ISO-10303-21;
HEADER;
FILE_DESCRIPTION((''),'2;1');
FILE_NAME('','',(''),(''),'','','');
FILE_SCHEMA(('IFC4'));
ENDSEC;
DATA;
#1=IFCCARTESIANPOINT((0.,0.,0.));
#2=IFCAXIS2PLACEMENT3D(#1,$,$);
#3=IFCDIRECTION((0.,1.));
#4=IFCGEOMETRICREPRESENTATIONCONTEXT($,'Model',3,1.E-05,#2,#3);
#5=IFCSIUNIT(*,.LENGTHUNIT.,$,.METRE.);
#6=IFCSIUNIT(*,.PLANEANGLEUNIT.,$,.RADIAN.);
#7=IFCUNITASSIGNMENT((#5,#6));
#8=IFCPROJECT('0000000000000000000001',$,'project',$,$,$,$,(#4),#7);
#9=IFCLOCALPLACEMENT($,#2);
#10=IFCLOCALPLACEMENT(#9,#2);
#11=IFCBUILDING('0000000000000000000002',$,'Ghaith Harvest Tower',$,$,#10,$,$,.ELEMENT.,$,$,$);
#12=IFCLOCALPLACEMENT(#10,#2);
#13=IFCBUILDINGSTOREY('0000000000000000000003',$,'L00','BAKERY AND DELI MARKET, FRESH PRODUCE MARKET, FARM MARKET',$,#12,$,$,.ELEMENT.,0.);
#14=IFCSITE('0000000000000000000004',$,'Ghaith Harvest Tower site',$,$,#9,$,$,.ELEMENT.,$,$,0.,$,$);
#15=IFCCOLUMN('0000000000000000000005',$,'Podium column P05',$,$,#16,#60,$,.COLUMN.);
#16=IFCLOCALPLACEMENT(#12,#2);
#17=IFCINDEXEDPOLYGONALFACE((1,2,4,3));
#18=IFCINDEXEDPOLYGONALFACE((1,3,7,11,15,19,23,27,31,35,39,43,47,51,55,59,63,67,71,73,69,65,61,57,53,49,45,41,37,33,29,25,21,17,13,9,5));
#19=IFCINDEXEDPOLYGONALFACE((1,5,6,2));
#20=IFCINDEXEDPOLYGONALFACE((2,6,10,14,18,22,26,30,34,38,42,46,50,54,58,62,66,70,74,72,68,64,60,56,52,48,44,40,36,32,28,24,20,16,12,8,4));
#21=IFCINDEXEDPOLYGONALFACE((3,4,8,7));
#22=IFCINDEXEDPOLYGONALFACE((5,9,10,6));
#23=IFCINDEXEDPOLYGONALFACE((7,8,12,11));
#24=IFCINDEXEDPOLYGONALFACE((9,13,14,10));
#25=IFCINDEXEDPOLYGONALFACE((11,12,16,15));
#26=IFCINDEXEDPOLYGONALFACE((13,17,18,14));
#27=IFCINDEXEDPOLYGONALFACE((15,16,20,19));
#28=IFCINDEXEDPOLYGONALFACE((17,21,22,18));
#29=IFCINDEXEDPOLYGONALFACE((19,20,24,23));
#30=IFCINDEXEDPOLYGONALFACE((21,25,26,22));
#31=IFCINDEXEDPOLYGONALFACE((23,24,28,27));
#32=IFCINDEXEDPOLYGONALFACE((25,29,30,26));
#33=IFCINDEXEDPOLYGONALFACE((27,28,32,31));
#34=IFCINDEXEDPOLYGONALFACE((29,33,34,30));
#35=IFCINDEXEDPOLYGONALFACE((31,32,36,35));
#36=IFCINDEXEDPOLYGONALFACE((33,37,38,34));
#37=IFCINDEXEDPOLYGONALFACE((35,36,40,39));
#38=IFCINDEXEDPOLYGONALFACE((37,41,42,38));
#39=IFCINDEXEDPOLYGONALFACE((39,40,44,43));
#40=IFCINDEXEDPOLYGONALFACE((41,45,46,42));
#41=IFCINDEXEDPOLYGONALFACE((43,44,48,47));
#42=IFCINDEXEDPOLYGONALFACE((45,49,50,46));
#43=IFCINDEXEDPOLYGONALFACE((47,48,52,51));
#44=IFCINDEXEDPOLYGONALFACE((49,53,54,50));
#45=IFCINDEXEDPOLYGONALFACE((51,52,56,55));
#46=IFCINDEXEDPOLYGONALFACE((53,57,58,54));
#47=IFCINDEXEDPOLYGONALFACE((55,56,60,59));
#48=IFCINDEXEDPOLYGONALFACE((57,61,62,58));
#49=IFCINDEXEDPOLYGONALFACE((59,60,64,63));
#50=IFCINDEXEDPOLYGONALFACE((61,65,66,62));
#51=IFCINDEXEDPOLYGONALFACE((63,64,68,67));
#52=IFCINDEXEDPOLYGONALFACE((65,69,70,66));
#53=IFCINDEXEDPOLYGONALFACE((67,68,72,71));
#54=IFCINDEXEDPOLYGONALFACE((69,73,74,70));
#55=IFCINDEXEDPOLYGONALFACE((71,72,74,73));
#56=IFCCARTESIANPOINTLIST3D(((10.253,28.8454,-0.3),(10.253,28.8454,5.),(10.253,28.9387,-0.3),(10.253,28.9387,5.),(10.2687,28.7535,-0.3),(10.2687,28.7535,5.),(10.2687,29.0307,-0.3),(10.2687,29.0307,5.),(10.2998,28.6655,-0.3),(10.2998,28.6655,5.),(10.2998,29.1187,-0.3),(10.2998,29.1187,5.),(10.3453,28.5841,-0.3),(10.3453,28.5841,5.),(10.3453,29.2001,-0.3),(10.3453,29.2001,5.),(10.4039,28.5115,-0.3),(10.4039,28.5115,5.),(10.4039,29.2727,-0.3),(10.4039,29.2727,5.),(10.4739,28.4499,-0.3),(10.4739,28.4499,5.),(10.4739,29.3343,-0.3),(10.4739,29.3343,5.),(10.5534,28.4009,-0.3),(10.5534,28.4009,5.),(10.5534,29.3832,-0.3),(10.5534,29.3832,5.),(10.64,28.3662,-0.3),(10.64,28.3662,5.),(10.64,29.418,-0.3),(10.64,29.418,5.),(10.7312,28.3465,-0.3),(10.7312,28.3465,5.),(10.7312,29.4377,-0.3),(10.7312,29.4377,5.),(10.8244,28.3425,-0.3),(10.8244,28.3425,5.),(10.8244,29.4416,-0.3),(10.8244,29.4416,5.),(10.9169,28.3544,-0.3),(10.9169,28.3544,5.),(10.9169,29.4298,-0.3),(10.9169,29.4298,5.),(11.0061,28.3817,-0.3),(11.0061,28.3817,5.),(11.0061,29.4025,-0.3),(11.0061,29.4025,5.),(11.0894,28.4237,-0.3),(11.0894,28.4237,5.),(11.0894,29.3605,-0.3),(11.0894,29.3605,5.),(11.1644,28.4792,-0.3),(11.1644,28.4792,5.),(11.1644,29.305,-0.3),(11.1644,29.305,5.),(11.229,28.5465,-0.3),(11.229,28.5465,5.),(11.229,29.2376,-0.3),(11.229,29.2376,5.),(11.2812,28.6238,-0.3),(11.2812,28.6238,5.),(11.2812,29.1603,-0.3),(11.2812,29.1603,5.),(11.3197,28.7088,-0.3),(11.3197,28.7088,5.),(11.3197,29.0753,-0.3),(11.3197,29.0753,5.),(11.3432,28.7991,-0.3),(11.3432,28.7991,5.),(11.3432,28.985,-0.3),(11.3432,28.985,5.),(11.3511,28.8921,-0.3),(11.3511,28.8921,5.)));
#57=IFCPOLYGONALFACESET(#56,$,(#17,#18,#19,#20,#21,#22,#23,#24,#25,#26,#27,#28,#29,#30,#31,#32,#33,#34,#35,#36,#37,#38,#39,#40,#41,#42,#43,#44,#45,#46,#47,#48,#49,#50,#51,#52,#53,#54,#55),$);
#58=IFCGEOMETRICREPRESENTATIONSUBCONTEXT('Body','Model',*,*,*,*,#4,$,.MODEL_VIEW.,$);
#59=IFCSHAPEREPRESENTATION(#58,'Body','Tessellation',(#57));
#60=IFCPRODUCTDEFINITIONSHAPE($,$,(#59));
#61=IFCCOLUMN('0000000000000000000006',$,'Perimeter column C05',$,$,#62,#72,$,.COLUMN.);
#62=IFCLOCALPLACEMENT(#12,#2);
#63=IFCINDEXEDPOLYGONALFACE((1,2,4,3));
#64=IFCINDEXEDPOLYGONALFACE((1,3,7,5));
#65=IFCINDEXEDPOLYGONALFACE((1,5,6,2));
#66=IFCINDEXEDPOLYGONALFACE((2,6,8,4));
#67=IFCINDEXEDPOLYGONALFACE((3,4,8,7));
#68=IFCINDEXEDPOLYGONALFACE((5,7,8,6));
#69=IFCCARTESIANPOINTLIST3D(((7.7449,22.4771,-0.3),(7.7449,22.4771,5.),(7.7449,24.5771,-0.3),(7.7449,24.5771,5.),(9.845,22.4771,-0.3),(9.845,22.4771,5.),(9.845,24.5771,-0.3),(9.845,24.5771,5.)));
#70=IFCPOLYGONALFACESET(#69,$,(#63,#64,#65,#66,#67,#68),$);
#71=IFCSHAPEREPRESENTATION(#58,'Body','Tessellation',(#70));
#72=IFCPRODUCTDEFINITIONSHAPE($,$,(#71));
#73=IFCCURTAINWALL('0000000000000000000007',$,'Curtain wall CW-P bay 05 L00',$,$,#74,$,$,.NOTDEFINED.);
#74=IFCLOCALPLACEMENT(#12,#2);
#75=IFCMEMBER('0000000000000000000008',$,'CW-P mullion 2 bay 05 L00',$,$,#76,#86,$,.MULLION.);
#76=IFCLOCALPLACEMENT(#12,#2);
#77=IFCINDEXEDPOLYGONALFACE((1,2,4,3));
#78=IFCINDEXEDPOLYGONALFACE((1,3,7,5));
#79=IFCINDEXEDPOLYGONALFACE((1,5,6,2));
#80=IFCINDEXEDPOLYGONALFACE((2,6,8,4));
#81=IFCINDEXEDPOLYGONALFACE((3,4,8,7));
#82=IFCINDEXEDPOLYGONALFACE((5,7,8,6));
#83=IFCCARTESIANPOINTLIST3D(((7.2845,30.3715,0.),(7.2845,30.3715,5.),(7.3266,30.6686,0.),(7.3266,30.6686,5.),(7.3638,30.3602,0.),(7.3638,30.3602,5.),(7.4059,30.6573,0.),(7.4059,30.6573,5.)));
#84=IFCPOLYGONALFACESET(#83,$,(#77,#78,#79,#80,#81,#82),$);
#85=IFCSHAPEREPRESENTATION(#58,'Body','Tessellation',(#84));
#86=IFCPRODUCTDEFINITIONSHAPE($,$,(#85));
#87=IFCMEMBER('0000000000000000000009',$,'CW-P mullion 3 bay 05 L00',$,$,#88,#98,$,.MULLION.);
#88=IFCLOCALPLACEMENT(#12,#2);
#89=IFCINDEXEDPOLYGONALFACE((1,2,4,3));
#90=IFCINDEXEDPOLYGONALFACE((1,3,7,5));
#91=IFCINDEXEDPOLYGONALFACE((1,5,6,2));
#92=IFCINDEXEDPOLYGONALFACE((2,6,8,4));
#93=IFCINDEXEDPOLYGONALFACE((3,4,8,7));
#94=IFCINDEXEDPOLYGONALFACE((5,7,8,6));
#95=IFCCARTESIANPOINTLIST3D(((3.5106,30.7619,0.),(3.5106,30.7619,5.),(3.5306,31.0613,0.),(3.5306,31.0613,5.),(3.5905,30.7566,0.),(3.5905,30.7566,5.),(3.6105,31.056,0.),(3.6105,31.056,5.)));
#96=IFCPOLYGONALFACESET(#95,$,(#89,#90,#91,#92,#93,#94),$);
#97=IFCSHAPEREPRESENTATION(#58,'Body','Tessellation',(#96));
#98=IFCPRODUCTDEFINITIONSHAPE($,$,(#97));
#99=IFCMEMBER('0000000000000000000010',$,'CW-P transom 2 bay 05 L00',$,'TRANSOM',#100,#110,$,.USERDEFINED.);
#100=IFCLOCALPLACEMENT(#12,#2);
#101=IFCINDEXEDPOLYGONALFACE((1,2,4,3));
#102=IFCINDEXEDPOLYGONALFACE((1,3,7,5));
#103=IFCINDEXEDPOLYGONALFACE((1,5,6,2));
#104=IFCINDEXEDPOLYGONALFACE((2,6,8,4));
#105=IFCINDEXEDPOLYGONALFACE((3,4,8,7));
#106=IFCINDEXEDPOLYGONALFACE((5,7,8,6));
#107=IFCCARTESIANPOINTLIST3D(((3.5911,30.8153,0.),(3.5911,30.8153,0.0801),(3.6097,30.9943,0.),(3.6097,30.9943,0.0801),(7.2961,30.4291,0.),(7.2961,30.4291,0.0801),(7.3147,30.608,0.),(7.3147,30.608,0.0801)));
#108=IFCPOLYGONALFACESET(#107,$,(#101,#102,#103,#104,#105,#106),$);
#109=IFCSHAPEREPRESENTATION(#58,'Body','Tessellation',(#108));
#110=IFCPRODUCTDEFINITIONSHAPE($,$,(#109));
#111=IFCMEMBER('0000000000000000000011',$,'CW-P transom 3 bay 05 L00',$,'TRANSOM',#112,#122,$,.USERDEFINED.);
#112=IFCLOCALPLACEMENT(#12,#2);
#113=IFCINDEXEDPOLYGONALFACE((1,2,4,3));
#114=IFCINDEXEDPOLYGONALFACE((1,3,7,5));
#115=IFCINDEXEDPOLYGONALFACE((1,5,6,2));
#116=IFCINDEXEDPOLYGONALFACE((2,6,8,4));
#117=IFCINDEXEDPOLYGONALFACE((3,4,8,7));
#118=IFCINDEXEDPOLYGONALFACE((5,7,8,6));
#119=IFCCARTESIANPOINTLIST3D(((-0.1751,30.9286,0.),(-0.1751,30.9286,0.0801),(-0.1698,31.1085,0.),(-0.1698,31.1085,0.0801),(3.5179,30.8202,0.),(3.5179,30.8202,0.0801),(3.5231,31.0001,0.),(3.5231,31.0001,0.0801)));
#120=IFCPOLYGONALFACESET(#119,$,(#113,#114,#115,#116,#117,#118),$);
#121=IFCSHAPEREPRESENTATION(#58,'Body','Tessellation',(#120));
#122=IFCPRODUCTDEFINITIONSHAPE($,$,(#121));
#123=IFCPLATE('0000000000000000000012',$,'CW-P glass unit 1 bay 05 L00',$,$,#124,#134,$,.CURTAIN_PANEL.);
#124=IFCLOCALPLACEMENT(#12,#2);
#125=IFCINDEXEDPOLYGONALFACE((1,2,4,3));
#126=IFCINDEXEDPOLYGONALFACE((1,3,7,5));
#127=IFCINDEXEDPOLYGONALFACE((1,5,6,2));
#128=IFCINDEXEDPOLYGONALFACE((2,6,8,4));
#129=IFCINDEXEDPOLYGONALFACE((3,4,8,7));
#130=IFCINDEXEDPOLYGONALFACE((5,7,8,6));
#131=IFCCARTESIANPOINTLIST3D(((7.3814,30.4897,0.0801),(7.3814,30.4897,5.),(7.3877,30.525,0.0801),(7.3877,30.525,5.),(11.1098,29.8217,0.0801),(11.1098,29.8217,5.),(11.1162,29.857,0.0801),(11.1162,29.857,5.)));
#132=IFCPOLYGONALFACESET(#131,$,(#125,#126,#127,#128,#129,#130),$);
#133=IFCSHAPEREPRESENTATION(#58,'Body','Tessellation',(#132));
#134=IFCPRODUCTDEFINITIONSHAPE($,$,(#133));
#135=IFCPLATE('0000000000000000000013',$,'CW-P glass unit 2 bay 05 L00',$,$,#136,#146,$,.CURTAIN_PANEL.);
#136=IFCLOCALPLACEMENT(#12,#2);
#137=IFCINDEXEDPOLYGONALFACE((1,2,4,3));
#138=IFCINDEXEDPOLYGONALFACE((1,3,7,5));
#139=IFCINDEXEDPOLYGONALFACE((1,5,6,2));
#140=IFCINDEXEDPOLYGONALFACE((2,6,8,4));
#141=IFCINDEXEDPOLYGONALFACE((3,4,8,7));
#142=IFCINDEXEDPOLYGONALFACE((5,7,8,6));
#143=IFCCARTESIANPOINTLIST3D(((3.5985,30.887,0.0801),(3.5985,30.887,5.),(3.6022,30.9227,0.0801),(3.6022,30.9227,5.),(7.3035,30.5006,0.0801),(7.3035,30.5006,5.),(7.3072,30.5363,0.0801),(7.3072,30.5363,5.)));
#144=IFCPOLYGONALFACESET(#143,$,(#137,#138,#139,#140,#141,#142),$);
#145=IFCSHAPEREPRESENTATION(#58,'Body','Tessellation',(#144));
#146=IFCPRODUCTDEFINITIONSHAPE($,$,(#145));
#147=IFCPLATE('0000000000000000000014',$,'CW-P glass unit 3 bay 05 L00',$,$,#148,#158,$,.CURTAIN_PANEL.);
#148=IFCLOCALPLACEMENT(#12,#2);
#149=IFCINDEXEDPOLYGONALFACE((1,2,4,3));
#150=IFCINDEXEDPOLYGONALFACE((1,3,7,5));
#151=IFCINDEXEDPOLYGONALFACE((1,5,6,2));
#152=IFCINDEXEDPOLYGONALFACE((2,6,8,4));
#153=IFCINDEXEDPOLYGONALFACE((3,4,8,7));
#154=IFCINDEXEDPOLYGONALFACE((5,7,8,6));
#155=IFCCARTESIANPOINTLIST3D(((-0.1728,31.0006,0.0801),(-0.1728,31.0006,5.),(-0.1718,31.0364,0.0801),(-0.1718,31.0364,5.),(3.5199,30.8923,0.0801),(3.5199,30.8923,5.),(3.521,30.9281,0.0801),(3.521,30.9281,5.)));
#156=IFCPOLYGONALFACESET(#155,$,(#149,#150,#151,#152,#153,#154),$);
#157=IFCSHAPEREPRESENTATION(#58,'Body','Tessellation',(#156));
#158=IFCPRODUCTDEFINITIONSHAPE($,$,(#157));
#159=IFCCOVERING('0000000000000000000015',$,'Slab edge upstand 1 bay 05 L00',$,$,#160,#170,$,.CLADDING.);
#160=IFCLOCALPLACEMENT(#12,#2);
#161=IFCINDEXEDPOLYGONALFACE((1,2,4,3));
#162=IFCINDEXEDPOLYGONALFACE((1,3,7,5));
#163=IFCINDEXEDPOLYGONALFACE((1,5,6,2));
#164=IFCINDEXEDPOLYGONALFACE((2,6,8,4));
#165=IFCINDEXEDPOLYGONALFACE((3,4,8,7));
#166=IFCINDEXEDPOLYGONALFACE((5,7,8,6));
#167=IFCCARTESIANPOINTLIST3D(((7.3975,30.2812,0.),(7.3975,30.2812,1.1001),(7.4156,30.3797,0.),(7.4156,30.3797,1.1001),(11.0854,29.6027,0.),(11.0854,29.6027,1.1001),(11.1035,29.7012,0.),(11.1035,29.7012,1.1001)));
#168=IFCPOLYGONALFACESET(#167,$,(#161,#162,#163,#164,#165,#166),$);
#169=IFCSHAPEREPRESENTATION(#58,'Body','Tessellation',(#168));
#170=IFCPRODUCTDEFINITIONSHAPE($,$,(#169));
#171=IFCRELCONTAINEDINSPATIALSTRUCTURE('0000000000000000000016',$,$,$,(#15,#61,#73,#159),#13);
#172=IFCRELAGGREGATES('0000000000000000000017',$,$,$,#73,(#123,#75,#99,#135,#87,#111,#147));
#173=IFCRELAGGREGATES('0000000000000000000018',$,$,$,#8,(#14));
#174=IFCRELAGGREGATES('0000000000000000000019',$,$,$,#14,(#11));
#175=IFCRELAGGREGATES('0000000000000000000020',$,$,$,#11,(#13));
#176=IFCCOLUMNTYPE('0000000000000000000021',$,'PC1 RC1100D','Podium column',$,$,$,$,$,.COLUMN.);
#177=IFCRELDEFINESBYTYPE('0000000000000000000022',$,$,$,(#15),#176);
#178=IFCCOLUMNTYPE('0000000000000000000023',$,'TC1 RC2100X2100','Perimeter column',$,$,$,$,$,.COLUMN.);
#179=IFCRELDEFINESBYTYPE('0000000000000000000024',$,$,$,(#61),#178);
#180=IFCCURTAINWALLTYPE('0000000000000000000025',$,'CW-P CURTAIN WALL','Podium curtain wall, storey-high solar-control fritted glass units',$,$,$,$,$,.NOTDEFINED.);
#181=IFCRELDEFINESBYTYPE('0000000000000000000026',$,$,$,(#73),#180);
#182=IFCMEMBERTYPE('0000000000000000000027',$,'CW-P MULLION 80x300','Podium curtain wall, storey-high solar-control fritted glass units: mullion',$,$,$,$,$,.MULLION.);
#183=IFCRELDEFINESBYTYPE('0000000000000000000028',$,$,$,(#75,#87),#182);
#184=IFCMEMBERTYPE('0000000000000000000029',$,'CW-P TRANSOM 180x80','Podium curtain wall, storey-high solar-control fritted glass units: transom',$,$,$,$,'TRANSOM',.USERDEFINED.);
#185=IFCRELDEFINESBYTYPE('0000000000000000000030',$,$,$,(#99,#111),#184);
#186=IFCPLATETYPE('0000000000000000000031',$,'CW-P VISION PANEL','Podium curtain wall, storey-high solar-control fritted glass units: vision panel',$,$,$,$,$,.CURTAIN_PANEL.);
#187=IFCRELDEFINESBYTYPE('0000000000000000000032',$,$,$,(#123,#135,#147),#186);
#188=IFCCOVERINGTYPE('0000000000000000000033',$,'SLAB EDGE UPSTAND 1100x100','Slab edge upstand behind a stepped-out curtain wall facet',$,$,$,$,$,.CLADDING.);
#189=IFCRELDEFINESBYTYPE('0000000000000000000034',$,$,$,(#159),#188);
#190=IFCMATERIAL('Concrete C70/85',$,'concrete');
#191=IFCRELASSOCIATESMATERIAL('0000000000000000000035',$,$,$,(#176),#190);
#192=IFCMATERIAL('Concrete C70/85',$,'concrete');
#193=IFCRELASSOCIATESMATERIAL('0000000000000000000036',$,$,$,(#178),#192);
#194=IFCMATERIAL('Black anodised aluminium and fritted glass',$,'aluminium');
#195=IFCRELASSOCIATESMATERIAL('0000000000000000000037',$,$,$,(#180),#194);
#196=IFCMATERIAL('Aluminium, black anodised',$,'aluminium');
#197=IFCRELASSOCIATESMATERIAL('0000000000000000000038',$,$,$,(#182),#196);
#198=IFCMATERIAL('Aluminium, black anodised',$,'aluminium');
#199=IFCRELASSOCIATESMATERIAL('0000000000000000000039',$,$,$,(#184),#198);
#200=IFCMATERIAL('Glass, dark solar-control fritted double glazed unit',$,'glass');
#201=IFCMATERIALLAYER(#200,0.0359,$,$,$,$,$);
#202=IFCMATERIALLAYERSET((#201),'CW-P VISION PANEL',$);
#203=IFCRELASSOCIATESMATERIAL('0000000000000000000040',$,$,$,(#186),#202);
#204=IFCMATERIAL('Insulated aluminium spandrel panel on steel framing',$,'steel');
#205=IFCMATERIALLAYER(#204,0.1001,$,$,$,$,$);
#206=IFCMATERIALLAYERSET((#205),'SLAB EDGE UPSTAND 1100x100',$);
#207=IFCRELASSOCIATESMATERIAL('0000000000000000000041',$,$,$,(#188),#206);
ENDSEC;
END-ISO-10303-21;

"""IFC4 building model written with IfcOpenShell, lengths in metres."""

from ifc_helpers import new_model, si_unit, direction, frame, origin, origin_2d, place, context, subcontext, project, spatial, rectangle, circle, extrude, material, layer, layer_set, material_profile, profile_set, type_object, element, aggregate, save


model = new_model("IFC4")

# Units and contexts
model_context = context("Model", 3, precision=1e-05, world=origin(), true_north=direction((0.0, 1.0)))
body_context = subcontext(model_context, "Body", "Model", "MODEL_VIEW")
ifc_project = project(units=[si_unit("LENGTHUNIT", "METRE"), si_unit("PLANEANGLEUNIT", "RADIAN")], contexts=[model_context])

# Site, building, storey
site_placement = place(None, origin())
site = spatial("IfcSite", under=ifc_project, at=site_placement, Name="Ghaith Harvest Tower site", CompositionType="ELEMENT", RefElevation=0.0)
building_placement = place(site_placement, origin())
building = spatial("IfcBuilding", under=site, at=building_placement, Name="Ghaith Harvest Tower", CompositionType="ELEMENT")
storey_placement = place(building_placement, origin())
storey = spatial("IfcBuildingStorey", under=building, at=storey_placement, Name="L00", Description="BAKERY AND DELI MARKET, FRESH PRODUCE MARKET, FARM MARKET", CompositionType="ELEMENT", Elevation=0.0)

# Columns
ifc_material_1 = material(Name="Concrete C70/85", Category="concrete")
ifc_material_profile_1 = material_profile(ifc_material_1, circle(Radius=0.55, at=origin_2d()), Name="RC1100D")
ifc_profile_set_1 = profile_set([ifc_material_profile_1], Name="Concrete C70/85")
column_type_1 = type_object("IfcColumnType", Name="PC1 RC1100D", Description="Podium column", PredefinedType="COLUMN", material=ifc_profile_set_1)
column_1_placement = place(storey_placement, frame((10.801, 28.8921, -0.3), z_axis=(0.0, 0.0, 1.0), x_axis=(1.0, 0.0, 0.0)))
element("IfcColumn", 1, at=column_1_placement, inside=storey, type_object=column_type_1, Name="Podium column P05", PredefinedType="COLUMN", context=body_context, shape_type="SweptSolid", body=[
    extrude(circle(Radius=0.55, at=origin_2d()), origin(), (0.0, 0.0, 1.0), 5.3),
])
ifc_material_2 = material(Name="Concrete C70/85", Category="concrete")
ifc_material_profile_2 = material_profile(ifc_material_2, rectangle(XDim=2.1001, YDim=2.1001, at=origin_2d()), Name="RC2100X2100")
ifc_profile_set_2 = profile_set([ifc_material_profile_2], Name="Concrete C70/85")
column_type_2 = type_object("IfcColumnType", Name="TC1 RC2100X2100", Description="Perimeter column", PredefinedType="COLUMN", material=ifc_profile_set_2)
column_2_placement = place(storey_placement, frame((8.7949, 23.5271, -0.3), z_axis=(0.0, 0.0, 1.0), x_axis=(1.0, 0.0, 0.0)))
element("IfcColumn", 2, at=column_2_placement, inside=storey, type_object=column_type_2, Name="Perimeter column C05", PredefinedType="COLUMN", context=body_context, shape_type="SweptSolid", body=[
    extrude(rectangle(XDim=2.1001, YDim=2.1001, at=origin_2d()), origin(), (0.0, 0.0, 1.0), 5.3),
])

# Curtain wall, members, plates
ifc_material_3 = material(Name="Black anodised aluminium and fritted glass", Category="aluminium")
curtain_wall_type = type_object("IfcCurtainWallType", Name="CW-P CURTAIN WALL", Description="Podium curtain wall, storey-high solar-control fritted glass units", PredefinedType="NOTDEFINED", material=ifc_material_3)
curtain_wall_placement = place(storey_placement, origin())
curtain_wall = element("IfcCurtainWall", 3, at=curtain_wall_placement, inside=storey, type_object=curtain_wall_type, Name="Curtain wall CW-P bay 05 L00", PredefinedType="NOTDEFINED")
ifc_material_4 = material(Name="Aluminium, black anodised", Category="aluminium")
ifc_material_profile_3 = material_profile(ifc_material_4, rectangle(XDim=0.0801, YDim=0.3, at=origin_2d()), Name="CW-P MULLION 80x300")
ifc_profile_set_3 = profile_set([ifc_material_profile_3], Name="Aluminium, black anodised")
member_type_1 = type_object("IfcMemberType", Name="CW-P MULLION 80x300", Description="Podium curtain wall, storey-high solar-control fritted glass units: mullion", PredefinedType="MULLION", material=ifc_profile_set_3)
member_1_placement = place(storey_placement, frame((7.3452, 30.5144, 0.0), z_axis=(0.0, 0.0, 1.0), x_axis=(-0.99009, 0.140434, 0.0)))
member_1 = element("IfcMember", 4, at=member_1_placement, type_object=member_type_1, Name="CW-P mullion 2 bay 05 L00", PredefinedType="MULLION", context=body_context, shape_type="SweptSolid", body=[
    extrude(rectangle(XDim=0.0801, YDim=0.3, at=origin_2d()), origin(), (0.0, 0.0, 1.0), 5.0),
])
member_2_placement = place(storey_placement, frame((3.5605, 30.9089, 0.0), z_axis=(0.0, 0.0, 1.0), x_axis=(-0.997772, 0.066716, 0.0)))
member_2 = element("IfcMember", 5, at=member_2_placement, type_object=member_type_1, Name="CW-P mullion 3 bay 05 L00", PredefinedType="MULLION", context=body_context, shape_type="SweptSolid", body=[
    extrude(rectangle(XDim=0.0801, YDim=0.3, at=origin_2d()), origin(), (0.0, 0.0, 1.0), 5.0),
])
ifc_material_5 = material(Name="Aluminium, black anodised", Category="aluminium")
ifc_material_profile_4 = material_profile(ifc_material_5, rectangle(XDim=0.1799, YDim=0.0801, at=origin_2d()), Name="CW-P TRANSOM 180x80")
ifc_profile_set_4 = profile_set([ifc_material_profile_4], Name="Aluminium, black anodised")
member_type_2 = type_object("IfcMemberType", Name="CW-P TRANSOM 180x80", Description="Podium curtain wall, storey-high solar-control fritted glass units: transom", ElementType="TRANSOM", PredefinedType="USERDEFINED", material=ifc_profile_set_4)
member_3_placement = place(storey_placement, frame((7.3054, 30.5186, 0.04), z_axis=(-0.994611, 0.103682, 0.0), x_axis=(-0.103682, -0.994611, 0.0)))
member_3 = element("IfcMember", 6, at=member_3_placement, type_object=member_type_2, Name="CW-P transom 2 bay 05 L00", ObjectType="TRANSOM", PredefinedType="USERDEFINED", context=body_context, shape_type="SweptSolid", body=[
    extrude(rectangle(XDim=0.1799, YDim=0.0801, at=origin_2d()), origin(), (0.0, 0.0, 1.0), 3.7251),
])
member_4_placement = place(storey_placement, frame((3.5205, 30.9102, 0.04), z_axis=(-0.999569, 0.029341, 0.0), x_axis=(-0.029341, -0.999569, 0.0)))
member_4 = element("IfcMember", 7, at=member_4_placement, type_object=member_type_2, Name="CW-P transom 3 bay 05 L00", ObjectType="TRANSOM", PredefinedType="USERDEFINED", context=body_context, shape_type="SweptSolid", body=[
    extrude(rectangle(XDim=0.1799, YDim=0.0801, at=origin_2d()), origin(), (0.0, 0.0, 1.0), 3.6946),
])
ifc_material_6 = material(Name="Glass, dark solar-control fritted double glazed unit", Category="glass")
ifc_layer_1 = layer(ifc_material_6, 0.0359)
ifc_layer_set_1 = layer_set([ifc_layer_1], Name="CW-P VISION PANEL")
plate_type = type_object("IfcPlateType", Name="CW-P VISION PANEL", Description="Podium curtain wall, storey-high solar-control fritted glass units: vision panel", PredefinedType="CURTAIN_PANEL", material=ifc_layer_set_1)
plate_1_placement = place(storey_placement, frame((9.2488, 30.1733, 0.0801), z_axis=(0.0, 0.0, 1.0), x_axis=(-0.984325, 0.176367, 0.0)))
plate_1 = element("IfcPlate", 8, at=plate_1_placement, type_object=plate_type, Name="CW-P glass unit 1 bay 05 L00", PredefinedType="CURTAIN_PANEL", context=body_context, shape_type="SweptSolid", body=[
    extrude(rectangle(XDim=3.7878, YDim=0.0359, at=origin_2d()), origin(), (0.0, 0.0, 1.0), 4.9199),
])
plate_2_placement = place(storey_placement, frame((5.4529, 30.7117, 0.0801), z_axis=(0.0, 0.0, 1.0), x_axis=(-0.994607, 0.103719, 0.0)))
plate_2 = element("IfcPlate", 9, at=plate_2_placement, type_object=plate_type, Name="CW-P glass unit 2 bay 05 L00", PredefinedType="CURTAIN_PANEL", context=body_context, shape_type="SweptSolid", body=[
    extrude(rectangle(XDim=3.7251, YDim=0.0359, at=origin_2d()), origin(), (0.0, 0.0, 1.0), 4.9199),
])
plate_3_placement = place(storey_placement, frame((1.6741, 30.9644, 0.0801), z_axis=(0.0, 0.0, 1.0), x_axis=(-0.99957, 0.029318, 0.0)))
plate_3 = element("IfcPlate", 10, at=plate_3_placement, type_object=plate_type, Name="CW-P glass unit 3 bay 05 L00", PredefinedType="CURTAIN_PANEL", context=body_context, shape_type="SweptSolid", body=[
    extrude(rectangle(XDim=3.6943, YDim=0.0359, at=origin_2d()), origin(), (0.0, 0.0, 1.0), 4.9199),
])
aggregate(curtain_wall, [plate_1, member_1, member_3, plate_2, member_2, member_4, plate_3])

# Covering
ifc_material_7 = material(Name="Insulated aluminium spandrel panel on steel framing", Category="steel")
ifc_layer_2 = layer(ifc_material_7, 0.1001)
ifc_layer_set_2 = layer_set([ifc_layer_2], Name="SLAB EDGE UPSTAND 1100x100")
covering_type = type_object("IfcCoveringType", Name="SLAB EDGE UPSTAND 1100x100", Description="Slab edge upstand behind a stepped-out curtain wall facet", PredefinedType="CLADDING", material=ifc_layer_set_2)
covering_placement = place(storey_placement, frame((9.2505, 29.9912, 0.0), z_axis=(0.0, 0.0, 1.0), x_axis=(-0.983492, 0.18095, 0.0)))
element("IfcCovering", 11, at=covering_placement, inside=storey, type_object=covering_type, Name="Slab edge upstand 1 bay 05 L00", PredefinedType="CLADDING", context=body_context, shape_type="SweptSolid", body=[
    extrude(rectangle(XDim=3.7498, YDim=0.1001, at=origin_2d()), origin(), (0.0, 0.0, 1.0), 1.1001),
])

save(model, "model.ifc")
